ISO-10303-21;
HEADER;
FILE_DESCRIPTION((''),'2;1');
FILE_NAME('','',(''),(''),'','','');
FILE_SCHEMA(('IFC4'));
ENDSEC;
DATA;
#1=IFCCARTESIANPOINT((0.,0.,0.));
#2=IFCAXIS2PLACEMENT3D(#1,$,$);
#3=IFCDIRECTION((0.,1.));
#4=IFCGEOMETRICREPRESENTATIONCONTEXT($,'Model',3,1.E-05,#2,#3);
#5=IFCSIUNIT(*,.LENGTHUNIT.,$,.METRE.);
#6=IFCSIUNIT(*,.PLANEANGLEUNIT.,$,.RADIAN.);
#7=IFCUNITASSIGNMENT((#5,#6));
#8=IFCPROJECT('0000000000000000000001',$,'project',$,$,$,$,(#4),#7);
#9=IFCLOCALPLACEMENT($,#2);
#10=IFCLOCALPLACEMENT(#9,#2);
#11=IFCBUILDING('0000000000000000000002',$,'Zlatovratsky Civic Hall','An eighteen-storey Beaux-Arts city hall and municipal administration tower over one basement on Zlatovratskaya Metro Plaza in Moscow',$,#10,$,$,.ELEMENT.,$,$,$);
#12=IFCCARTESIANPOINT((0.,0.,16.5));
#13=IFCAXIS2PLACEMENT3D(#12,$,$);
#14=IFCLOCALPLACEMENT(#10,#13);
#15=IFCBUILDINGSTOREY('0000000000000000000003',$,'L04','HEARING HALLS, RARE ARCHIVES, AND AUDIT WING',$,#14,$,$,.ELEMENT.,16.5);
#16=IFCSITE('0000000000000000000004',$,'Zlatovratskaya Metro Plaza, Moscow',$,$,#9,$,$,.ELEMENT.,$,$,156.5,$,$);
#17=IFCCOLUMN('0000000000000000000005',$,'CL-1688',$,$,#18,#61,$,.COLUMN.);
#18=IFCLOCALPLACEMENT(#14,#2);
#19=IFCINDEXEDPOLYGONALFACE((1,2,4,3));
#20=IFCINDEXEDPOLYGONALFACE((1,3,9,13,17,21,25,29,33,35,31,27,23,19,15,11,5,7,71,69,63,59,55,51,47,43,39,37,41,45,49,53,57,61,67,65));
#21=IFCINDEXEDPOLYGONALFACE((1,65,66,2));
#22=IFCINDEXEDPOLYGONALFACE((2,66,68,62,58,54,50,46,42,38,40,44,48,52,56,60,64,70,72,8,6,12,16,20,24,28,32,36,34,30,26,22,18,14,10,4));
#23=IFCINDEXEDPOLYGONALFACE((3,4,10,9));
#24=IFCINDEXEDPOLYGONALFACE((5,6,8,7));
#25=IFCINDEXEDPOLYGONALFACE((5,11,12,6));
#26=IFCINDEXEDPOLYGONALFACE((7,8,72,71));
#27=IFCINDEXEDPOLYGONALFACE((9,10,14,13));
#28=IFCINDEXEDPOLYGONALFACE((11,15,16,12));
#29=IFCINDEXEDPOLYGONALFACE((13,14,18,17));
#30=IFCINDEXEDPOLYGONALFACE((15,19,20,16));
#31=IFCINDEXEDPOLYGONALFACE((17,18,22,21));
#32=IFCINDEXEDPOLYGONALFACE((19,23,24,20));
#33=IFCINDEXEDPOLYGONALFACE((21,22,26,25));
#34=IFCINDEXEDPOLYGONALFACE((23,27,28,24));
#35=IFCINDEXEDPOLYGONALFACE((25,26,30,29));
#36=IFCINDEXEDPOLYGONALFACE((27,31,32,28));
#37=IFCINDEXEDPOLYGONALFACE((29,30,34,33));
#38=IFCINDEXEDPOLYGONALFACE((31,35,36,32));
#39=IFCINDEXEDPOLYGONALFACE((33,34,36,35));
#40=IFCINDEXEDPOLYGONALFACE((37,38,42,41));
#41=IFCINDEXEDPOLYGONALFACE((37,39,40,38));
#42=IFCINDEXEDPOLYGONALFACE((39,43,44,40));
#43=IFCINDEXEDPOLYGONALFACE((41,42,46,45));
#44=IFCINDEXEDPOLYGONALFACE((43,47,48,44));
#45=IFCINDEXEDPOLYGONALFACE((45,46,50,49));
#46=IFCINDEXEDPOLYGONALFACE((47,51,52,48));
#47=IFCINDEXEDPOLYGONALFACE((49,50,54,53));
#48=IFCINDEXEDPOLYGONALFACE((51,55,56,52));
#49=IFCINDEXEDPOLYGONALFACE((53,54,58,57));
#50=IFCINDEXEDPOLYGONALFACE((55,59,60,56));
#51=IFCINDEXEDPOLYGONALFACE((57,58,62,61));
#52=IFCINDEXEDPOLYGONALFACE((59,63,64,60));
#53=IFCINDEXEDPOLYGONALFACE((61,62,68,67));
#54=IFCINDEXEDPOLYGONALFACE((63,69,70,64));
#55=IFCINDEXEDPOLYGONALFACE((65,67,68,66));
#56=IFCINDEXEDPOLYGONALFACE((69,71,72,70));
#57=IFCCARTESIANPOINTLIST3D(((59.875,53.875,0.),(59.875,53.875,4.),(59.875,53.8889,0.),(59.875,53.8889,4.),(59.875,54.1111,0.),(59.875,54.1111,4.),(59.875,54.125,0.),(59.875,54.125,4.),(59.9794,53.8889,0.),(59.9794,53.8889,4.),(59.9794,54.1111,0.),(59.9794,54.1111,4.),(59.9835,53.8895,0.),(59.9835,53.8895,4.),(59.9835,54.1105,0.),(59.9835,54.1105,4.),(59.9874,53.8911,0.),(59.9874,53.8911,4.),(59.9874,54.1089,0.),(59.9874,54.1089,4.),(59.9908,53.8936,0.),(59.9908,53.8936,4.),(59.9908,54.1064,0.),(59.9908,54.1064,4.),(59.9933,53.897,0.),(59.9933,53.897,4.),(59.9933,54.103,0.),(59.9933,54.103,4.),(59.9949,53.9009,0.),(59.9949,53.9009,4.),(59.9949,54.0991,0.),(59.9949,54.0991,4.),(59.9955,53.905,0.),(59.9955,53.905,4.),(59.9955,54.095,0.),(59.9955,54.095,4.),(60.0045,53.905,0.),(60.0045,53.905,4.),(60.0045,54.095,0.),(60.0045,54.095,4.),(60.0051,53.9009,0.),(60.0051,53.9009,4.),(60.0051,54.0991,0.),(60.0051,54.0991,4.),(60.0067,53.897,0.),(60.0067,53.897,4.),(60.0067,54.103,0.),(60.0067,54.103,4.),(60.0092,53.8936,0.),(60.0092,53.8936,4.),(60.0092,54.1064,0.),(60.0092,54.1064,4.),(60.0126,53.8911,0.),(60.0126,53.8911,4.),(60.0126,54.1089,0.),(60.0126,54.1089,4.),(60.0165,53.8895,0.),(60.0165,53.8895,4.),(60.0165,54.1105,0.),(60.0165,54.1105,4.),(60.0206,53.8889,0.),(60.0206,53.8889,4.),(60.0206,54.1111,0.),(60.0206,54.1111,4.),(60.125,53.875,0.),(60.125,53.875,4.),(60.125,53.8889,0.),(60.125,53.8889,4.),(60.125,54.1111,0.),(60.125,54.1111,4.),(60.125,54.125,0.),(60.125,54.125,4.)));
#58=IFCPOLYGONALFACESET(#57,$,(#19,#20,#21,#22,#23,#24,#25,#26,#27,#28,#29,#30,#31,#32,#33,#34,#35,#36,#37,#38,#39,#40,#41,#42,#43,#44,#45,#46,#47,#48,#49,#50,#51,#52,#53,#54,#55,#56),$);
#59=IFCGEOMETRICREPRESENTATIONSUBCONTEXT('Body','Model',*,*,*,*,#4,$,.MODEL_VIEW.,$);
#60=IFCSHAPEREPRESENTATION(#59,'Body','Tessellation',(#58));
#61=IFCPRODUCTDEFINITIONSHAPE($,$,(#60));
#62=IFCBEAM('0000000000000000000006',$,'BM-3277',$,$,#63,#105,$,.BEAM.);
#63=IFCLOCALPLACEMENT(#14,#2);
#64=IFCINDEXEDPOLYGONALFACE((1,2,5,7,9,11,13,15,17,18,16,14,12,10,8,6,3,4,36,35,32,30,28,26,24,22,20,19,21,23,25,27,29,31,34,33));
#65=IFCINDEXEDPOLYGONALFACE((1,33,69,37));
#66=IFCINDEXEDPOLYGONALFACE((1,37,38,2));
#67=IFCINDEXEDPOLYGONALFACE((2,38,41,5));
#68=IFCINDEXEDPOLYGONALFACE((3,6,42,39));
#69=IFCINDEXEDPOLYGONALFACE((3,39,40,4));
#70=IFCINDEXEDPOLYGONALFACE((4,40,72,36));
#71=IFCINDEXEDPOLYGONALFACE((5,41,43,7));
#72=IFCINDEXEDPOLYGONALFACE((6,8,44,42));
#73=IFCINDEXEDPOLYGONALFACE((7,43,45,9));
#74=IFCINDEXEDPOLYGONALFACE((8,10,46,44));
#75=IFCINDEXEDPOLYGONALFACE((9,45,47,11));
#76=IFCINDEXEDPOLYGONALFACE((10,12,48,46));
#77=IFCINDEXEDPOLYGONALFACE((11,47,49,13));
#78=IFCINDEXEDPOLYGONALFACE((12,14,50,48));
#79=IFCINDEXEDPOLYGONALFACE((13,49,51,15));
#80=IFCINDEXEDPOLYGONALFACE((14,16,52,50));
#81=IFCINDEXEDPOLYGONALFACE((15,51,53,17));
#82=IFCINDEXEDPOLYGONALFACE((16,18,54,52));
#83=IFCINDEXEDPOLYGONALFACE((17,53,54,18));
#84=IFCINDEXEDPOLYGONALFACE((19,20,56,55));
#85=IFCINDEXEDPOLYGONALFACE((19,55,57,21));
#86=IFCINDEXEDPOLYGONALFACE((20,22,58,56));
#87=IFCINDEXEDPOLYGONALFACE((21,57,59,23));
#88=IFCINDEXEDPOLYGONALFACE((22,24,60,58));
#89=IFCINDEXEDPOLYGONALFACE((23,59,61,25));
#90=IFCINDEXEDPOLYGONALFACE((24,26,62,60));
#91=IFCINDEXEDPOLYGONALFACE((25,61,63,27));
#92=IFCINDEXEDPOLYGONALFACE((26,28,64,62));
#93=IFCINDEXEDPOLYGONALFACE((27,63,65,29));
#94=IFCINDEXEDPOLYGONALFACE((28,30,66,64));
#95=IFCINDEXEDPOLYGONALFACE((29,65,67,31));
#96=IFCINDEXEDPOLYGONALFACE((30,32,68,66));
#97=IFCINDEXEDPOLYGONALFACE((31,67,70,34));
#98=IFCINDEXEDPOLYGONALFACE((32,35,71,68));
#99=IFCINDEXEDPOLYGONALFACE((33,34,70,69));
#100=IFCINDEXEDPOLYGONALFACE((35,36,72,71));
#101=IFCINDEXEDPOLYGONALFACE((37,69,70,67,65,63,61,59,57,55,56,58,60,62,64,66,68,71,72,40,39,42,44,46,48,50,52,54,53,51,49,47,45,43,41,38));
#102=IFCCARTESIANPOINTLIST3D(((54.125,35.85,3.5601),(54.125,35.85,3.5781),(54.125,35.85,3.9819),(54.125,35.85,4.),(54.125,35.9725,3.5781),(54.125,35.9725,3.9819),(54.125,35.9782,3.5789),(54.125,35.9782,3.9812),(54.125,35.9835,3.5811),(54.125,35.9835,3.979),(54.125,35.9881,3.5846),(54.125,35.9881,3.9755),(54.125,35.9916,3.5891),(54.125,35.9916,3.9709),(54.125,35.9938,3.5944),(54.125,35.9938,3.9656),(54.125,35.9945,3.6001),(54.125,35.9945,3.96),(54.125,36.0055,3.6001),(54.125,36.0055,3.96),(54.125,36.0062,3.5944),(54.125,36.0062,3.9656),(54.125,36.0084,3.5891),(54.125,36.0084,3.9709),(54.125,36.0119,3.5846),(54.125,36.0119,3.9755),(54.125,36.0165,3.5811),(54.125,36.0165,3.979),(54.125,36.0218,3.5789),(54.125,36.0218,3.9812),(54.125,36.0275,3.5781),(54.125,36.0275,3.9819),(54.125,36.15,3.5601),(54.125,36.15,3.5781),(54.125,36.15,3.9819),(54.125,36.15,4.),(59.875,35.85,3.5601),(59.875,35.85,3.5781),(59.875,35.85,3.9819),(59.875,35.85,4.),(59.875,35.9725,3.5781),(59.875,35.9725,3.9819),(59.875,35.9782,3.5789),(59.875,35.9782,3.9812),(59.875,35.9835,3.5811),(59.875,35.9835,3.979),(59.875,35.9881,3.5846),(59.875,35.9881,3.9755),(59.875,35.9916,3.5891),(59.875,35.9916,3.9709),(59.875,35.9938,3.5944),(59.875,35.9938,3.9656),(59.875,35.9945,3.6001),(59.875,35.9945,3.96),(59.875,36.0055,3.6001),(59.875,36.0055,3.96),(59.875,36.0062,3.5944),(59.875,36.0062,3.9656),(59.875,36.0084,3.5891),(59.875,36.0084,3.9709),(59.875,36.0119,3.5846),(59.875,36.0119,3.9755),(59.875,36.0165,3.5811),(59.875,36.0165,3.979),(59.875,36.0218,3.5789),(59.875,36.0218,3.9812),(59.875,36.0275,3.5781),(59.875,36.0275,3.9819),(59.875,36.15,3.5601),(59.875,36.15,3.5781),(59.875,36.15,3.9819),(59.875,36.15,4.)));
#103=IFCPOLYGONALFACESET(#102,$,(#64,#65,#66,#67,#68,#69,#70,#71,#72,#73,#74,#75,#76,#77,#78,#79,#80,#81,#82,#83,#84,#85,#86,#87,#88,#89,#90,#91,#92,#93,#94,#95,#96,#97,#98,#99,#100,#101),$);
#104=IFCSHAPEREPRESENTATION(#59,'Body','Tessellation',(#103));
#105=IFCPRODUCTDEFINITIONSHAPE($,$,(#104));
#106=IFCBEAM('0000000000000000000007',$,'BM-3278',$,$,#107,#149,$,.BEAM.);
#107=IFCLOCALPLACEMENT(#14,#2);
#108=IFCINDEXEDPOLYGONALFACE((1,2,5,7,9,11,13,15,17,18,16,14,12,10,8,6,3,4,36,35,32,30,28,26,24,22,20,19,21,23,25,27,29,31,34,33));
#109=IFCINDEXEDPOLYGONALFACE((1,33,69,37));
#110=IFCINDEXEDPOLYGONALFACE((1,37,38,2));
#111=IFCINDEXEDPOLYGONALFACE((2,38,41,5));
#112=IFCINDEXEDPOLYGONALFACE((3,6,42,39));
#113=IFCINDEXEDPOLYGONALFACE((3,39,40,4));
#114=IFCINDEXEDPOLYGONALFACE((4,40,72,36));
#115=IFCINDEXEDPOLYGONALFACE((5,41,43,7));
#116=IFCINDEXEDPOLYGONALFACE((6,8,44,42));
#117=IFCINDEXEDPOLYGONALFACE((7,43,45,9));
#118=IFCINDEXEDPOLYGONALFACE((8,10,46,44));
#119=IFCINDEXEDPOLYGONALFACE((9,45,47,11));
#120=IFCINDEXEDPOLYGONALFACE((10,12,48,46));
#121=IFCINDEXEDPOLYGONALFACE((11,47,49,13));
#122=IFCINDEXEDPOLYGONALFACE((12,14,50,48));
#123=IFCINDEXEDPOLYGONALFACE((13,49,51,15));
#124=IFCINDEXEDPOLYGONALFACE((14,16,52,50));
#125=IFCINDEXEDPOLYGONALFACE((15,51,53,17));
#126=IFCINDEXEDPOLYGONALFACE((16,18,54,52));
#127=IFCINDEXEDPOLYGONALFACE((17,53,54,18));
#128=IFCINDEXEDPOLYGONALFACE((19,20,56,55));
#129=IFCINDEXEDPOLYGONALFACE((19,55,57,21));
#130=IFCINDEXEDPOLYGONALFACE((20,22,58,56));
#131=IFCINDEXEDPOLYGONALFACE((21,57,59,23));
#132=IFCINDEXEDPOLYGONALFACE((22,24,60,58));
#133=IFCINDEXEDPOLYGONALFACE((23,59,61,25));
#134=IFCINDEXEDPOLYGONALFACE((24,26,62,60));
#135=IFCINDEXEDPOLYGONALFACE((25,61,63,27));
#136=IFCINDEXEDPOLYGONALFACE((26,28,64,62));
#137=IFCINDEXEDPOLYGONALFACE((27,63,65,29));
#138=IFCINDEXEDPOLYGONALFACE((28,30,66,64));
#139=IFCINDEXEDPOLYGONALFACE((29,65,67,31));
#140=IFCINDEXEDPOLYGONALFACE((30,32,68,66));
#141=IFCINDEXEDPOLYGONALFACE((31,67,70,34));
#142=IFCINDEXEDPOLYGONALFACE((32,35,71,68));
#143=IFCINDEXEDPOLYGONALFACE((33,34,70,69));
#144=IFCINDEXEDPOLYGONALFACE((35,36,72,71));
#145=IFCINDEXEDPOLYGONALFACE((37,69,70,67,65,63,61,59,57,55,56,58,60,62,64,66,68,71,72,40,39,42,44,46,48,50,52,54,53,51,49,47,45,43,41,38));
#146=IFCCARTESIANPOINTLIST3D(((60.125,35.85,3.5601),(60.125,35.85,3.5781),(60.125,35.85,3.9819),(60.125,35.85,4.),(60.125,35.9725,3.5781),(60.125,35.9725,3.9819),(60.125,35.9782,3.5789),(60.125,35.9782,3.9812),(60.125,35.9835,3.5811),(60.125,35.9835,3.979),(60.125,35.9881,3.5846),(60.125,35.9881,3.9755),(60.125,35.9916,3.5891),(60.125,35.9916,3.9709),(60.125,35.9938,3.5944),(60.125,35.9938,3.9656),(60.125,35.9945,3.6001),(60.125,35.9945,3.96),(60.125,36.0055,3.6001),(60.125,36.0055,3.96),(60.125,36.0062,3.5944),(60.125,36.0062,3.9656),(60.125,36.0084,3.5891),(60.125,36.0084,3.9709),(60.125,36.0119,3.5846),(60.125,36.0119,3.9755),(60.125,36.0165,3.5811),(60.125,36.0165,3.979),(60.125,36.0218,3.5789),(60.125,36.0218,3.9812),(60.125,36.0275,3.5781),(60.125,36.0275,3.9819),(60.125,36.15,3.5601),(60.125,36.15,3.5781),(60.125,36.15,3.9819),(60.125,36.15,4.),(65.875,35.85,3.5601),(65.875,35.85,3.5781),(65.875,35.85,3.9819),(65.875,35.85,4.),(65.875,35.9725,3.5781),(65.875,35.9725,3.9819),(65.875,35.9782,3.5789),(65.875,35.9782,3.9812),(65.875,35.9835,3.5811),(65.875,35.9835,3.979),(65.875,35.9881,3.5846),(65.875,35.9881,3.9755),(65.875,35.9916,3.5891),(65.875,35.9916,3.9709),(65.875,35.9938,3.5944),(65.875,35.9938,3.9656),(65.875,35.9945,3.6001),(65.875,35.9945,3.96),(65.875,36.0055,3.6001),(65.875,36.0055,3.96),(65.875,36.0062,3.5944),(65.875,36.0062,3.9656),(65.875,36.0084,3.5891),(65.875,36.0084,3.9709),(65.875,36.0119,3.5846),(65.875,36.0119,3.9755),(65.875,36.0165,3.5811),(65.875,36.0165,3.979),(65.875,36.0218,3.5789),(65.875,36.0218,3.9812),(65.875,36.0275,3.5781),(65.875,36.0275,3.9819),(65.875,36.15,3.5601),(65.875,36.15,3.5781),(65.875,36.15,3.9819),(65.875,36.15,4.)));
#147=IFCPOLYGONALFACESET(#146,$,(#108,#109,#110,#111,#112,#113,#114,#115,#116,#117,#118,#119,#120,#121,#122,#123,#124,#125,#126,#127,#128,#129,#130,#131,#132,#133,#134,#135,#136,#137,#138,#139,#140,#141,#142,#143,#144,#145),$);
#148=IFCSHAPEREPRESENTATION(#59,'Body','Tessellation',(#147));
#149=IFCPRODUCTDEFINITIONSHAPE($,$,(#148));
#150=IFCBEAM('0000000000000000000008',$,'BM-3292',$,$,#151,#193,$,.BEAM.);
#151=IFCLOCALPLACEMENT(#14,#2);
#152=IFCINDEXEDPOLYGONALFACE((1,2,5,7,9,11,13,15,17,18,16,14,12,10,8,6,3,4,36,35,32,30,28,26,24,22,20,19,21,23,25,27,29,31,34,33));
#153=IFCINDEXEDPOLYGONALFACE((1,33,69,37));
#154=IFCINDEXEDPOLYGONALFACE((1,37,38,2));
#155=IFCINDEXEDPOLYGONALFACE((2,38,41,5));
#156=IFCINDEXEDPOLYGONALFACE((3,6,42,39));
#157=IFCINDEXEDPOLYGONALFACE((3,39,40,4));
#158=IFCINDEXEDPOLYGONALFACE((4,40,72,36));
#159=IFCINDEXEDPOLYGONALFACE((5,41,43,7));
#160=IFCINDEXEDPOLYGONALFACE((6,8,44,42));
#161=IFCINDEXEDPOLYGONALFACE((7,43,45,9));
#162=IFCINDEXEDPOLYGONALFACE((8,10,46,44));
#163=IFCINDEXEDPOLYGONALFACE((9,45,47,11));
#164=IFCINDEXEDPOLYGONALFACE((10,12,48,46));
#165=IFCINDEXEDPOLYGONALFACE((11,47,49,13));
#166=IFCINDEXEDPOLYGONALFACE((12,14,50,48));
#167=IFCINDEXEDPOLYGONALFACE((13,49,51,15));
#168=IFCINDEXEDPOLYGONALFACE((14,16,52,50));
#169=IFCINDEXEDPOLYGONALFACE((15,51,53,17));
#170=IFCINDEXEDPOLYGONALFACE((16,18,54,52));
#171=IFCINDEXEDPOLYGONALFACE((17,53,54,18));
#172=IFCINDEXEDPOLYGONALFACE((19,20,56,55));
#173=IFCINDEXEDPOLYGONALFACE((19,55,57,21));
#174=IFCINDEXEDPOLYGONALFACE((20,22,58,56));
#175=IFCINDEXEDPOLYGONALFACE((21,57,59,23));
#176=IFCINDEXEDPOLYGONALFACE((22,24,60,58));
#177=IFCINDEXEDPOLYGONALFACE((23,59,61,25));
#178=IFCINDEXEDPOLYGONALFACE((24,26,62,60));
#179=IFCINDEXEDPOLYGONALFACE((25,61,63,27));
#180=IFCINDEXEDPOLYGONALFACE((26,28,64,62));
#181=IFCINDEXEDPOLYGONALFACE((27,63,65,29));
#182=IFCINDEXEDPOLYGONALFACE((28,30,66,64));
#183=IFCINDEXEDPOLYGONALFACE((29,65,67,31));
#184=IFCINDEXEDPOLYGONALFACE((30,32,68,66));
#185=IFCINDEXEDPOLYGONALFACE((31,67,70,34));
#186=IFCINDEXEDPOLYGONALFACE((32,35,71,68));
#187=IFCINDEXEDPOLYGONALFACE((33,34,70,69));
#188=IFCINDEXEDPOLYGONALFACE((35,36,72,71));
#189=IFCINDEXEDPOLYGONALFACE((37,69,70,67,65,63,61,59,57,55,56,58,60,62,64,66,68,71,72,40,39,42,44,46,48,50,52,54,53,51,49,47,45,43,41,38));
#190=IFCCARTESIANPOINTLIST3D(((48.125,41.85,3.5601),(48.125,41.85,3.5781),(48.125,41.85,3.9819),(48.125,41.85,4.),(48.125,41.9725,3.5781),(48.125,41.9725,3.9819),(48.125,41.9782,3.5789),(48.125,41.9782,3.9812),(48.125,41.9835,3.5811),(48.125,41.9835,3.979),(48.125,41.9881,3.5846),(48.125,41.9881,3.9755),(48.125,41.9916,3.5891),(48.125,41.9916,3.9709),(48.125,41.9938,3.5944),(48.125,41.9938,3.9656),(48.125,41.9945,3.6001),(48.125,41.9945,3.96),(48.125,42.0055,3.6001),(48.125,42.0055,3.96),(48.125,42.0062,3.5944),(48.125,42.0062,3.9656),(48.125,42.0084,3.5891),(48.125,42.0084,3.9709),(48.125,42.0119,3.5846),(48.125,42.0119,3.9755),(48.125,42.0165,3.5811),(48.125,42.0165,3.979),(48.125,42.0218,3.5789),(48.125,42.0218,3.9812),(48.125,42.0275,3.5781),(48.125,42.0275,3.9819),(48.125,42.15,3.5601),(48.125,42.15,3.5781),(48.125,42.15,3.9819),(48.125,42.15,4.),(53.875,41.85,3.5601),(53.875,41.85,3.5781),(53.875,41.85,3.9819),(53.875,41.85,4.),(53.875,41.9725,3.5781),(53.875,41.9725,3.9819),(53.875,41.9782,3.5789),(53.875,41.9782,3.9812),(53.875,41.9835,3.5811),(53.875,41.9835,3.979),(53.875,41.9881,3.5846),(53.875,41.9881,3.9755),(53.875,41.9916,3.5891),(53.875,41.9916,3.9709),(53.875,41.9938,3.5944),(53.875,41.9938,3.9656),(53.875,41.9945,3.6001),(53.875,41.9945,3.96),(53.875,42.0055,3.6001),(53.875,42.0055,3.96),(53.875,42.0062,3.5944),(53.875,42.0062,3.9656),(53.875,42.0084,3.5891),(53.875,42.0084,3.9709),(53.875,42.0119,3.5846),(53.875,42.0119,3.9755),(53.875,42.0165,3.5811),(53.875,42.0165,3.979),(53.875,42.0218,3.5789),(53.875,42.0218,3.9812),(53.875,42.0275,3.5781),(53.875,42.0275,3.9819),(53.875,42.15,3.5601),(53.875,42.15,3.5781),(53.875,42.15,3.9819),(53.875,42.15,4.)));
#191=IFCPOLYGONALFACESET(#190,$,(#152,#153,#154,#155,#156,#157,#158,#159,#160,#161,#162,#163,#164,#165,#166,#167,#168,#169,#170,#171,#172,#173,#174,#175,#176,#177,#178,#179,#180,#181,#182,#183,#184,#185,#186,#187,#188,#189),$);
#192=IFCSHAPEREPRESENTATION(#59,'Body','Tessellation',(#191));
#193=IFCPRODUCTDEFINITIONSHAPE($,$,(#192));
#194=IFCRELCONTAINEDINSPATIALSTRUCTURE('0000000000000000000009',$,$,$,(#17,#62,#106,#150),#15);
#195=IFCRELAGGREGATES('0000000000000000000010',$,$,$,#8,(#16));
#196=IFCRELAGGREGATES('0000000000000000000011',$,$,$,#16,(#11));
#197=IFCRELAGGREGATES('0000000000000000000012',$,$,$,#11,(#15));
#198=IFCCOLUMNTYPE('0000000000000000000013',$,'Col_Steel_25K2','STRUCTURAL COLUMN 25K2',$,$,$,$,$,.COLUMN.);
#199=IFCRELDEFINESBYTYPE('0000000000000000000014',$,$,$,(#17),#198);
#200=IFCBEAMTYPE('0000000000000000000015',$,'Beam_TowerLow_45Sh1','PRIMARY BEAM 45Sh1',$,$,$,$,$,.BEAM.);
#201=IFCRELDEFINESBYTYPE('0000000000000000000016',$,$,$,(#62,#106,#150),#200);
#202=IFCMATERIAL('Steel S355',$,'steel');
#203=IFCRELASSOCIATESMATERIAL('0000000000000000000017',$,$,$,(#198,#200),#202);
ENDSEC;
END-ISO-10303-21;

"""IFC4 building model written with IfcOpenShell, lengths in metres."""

from ifc_helpers import new_model, si_unit, direction, frame, origin, origin_2d, place, context, subcontext, project, spatial, i_section, extrude, material, material_profile, profile_set, type_object, element, save


model = new_model("IFC4")

# Units and contexts
model_context = context("Model", 3, precision=1e-05, world=origin(), true_north=direction((0.0, 1.0)))
body_context = subcontext(model_context, "Body", "Model", "MODEL_VIEW")
ifc_project = project(units=[si_unit("LENGTHUNIT", "METRE"), si_unit("PLANEANGLEUNIT", "RADIAN")], contexts=[model_context])

# Site, building, storey
site_placement = place(None, origin())
site = spatial("IfcSite", under=ifc_project, at=site_placement, Name="Zlatovratskaya Metro Plaza, Moscow", CompositionType="ELEMENT", RefElevation=156.5)
building_placement = place(site_placement, origin())
building = spatial("IfcBuilding", under=site, at=building_placement, Name="Zlatovratsky Civic Hall", Description="An eighteen-storey Beaux-Arts city hall and municipal administration tower over one basement on Zlatovratskaya Metro Plaza in Moscow", CompositionType="ELEMENT")
storey_placement = place(building_placement, frame((0.0, 0.0, 16.5)))
storey = spatial("IfcBuildingStorey", under=building, at=storey_placement, Name="L04", Description="HEARING HALLS, RARE ARCHIVES, AND AUDIT WING", CompositionType="ELEMENT", Elevation=16.5)

# Column
ifc_material_1 = material(Name="Steel S355", Category="steel")
ifc_material_profile_1 = material_profile(ifc_material_1, i_section(OverallWidth=0.25, OverallDepth=0.25, WebThickness=0.009, FlangeThickness=0.0139, FilletRadius=0.0161, at=origin_2d()), Name="25K2")
ifc_profile_set_1 = profile_set([ifc_material_profile_1], Name="Steel S355")
column_type_1 = type_object("IfcColumnType", Name="Col_Steel_25K2", Description="STRUCTURAL COLUMN 25K2", PredefinedType="COLUMN", material=ifc_profile_set_1)
for number, where, z_axis, x_axis, name in (
    (1, (60.0, 54.0, 0.0), (0.0, 0.0, 1.0), (1.0, 0.0, 0.0), "CL-1688"),
):
    element("IfcColumn", number, at=place(storey_placement, frame(where, z_axis=z_axis, x_axis=x_axis)), inside=storey, type_object=column_type_1, Name=name, PredefinedType="COLUMN", context=body_context, shape_type="SweptSolid", body=[
        extrude(i_section(OverallWidth=0.25, OverallDepth=0.25, WebThickness=0.009, FlangeThickness=0.0139, FilletRadius=0.0161, at=origin_2d()), origin(), (0.0, 0.0, 1.0), 4.0),
    ])

# Beams
ifc_material_profile_2 = material_profile(ifc_material_1, i_section(OverallWidth=0.3, OverallDepth=0.4399, WebThickness=0.011, FlangeThickness=0.0181, FilletRadius=0.022, at=origin_2d()), Name="45Sh1")
ifc_profile_set_2 = profile_set([ifc_material_profile_2], Name="Steel S355")
beam_type = type_object("IfcBeamType", Name="Beam_TowerLow_45Sh1", Description="PRIMARY BEAM 45Sh1", PredefinedType="BEAM", material=ifc_profile_set_2)
for number, where, z_axis, x_axis, name in (
    (2, (54.125, 36.0, 3.78), (1.0, 0.0, 0.0), (0.0, 1.0, 0.0), "BM-3277"),
    (3, (60.125, 36.0, 3.78), (1.0, 0.0, 0.0), (0.0, 1.0, 0.0), "BM-3278"),
    (4, (48.125, 42.0, 3.78), (1.0, 0.0, 0.0), (0.0, 1.0, 0.0), "BM-3292"),
):
    element("IfcBeam", number, at=place(storey_placement, frame(where, z_axis=z_axis, x_axis=x_axis)), inside=storey, type_object=beam_type, Name=name, PredefinedType="BEAM", context=body_context, shape_type="SweptSolid", body=[
        extrude(i_section(OverallWidth=0.3, OverallDepth=0.4399, WebThickness=0.011, FlangeThickness=0.0181, FilletRadius=0.022, at=origin_2d()), origin(), (0.0, 0.0, 1.0), 5.75),
    ])

save(model, "model.ifc")
